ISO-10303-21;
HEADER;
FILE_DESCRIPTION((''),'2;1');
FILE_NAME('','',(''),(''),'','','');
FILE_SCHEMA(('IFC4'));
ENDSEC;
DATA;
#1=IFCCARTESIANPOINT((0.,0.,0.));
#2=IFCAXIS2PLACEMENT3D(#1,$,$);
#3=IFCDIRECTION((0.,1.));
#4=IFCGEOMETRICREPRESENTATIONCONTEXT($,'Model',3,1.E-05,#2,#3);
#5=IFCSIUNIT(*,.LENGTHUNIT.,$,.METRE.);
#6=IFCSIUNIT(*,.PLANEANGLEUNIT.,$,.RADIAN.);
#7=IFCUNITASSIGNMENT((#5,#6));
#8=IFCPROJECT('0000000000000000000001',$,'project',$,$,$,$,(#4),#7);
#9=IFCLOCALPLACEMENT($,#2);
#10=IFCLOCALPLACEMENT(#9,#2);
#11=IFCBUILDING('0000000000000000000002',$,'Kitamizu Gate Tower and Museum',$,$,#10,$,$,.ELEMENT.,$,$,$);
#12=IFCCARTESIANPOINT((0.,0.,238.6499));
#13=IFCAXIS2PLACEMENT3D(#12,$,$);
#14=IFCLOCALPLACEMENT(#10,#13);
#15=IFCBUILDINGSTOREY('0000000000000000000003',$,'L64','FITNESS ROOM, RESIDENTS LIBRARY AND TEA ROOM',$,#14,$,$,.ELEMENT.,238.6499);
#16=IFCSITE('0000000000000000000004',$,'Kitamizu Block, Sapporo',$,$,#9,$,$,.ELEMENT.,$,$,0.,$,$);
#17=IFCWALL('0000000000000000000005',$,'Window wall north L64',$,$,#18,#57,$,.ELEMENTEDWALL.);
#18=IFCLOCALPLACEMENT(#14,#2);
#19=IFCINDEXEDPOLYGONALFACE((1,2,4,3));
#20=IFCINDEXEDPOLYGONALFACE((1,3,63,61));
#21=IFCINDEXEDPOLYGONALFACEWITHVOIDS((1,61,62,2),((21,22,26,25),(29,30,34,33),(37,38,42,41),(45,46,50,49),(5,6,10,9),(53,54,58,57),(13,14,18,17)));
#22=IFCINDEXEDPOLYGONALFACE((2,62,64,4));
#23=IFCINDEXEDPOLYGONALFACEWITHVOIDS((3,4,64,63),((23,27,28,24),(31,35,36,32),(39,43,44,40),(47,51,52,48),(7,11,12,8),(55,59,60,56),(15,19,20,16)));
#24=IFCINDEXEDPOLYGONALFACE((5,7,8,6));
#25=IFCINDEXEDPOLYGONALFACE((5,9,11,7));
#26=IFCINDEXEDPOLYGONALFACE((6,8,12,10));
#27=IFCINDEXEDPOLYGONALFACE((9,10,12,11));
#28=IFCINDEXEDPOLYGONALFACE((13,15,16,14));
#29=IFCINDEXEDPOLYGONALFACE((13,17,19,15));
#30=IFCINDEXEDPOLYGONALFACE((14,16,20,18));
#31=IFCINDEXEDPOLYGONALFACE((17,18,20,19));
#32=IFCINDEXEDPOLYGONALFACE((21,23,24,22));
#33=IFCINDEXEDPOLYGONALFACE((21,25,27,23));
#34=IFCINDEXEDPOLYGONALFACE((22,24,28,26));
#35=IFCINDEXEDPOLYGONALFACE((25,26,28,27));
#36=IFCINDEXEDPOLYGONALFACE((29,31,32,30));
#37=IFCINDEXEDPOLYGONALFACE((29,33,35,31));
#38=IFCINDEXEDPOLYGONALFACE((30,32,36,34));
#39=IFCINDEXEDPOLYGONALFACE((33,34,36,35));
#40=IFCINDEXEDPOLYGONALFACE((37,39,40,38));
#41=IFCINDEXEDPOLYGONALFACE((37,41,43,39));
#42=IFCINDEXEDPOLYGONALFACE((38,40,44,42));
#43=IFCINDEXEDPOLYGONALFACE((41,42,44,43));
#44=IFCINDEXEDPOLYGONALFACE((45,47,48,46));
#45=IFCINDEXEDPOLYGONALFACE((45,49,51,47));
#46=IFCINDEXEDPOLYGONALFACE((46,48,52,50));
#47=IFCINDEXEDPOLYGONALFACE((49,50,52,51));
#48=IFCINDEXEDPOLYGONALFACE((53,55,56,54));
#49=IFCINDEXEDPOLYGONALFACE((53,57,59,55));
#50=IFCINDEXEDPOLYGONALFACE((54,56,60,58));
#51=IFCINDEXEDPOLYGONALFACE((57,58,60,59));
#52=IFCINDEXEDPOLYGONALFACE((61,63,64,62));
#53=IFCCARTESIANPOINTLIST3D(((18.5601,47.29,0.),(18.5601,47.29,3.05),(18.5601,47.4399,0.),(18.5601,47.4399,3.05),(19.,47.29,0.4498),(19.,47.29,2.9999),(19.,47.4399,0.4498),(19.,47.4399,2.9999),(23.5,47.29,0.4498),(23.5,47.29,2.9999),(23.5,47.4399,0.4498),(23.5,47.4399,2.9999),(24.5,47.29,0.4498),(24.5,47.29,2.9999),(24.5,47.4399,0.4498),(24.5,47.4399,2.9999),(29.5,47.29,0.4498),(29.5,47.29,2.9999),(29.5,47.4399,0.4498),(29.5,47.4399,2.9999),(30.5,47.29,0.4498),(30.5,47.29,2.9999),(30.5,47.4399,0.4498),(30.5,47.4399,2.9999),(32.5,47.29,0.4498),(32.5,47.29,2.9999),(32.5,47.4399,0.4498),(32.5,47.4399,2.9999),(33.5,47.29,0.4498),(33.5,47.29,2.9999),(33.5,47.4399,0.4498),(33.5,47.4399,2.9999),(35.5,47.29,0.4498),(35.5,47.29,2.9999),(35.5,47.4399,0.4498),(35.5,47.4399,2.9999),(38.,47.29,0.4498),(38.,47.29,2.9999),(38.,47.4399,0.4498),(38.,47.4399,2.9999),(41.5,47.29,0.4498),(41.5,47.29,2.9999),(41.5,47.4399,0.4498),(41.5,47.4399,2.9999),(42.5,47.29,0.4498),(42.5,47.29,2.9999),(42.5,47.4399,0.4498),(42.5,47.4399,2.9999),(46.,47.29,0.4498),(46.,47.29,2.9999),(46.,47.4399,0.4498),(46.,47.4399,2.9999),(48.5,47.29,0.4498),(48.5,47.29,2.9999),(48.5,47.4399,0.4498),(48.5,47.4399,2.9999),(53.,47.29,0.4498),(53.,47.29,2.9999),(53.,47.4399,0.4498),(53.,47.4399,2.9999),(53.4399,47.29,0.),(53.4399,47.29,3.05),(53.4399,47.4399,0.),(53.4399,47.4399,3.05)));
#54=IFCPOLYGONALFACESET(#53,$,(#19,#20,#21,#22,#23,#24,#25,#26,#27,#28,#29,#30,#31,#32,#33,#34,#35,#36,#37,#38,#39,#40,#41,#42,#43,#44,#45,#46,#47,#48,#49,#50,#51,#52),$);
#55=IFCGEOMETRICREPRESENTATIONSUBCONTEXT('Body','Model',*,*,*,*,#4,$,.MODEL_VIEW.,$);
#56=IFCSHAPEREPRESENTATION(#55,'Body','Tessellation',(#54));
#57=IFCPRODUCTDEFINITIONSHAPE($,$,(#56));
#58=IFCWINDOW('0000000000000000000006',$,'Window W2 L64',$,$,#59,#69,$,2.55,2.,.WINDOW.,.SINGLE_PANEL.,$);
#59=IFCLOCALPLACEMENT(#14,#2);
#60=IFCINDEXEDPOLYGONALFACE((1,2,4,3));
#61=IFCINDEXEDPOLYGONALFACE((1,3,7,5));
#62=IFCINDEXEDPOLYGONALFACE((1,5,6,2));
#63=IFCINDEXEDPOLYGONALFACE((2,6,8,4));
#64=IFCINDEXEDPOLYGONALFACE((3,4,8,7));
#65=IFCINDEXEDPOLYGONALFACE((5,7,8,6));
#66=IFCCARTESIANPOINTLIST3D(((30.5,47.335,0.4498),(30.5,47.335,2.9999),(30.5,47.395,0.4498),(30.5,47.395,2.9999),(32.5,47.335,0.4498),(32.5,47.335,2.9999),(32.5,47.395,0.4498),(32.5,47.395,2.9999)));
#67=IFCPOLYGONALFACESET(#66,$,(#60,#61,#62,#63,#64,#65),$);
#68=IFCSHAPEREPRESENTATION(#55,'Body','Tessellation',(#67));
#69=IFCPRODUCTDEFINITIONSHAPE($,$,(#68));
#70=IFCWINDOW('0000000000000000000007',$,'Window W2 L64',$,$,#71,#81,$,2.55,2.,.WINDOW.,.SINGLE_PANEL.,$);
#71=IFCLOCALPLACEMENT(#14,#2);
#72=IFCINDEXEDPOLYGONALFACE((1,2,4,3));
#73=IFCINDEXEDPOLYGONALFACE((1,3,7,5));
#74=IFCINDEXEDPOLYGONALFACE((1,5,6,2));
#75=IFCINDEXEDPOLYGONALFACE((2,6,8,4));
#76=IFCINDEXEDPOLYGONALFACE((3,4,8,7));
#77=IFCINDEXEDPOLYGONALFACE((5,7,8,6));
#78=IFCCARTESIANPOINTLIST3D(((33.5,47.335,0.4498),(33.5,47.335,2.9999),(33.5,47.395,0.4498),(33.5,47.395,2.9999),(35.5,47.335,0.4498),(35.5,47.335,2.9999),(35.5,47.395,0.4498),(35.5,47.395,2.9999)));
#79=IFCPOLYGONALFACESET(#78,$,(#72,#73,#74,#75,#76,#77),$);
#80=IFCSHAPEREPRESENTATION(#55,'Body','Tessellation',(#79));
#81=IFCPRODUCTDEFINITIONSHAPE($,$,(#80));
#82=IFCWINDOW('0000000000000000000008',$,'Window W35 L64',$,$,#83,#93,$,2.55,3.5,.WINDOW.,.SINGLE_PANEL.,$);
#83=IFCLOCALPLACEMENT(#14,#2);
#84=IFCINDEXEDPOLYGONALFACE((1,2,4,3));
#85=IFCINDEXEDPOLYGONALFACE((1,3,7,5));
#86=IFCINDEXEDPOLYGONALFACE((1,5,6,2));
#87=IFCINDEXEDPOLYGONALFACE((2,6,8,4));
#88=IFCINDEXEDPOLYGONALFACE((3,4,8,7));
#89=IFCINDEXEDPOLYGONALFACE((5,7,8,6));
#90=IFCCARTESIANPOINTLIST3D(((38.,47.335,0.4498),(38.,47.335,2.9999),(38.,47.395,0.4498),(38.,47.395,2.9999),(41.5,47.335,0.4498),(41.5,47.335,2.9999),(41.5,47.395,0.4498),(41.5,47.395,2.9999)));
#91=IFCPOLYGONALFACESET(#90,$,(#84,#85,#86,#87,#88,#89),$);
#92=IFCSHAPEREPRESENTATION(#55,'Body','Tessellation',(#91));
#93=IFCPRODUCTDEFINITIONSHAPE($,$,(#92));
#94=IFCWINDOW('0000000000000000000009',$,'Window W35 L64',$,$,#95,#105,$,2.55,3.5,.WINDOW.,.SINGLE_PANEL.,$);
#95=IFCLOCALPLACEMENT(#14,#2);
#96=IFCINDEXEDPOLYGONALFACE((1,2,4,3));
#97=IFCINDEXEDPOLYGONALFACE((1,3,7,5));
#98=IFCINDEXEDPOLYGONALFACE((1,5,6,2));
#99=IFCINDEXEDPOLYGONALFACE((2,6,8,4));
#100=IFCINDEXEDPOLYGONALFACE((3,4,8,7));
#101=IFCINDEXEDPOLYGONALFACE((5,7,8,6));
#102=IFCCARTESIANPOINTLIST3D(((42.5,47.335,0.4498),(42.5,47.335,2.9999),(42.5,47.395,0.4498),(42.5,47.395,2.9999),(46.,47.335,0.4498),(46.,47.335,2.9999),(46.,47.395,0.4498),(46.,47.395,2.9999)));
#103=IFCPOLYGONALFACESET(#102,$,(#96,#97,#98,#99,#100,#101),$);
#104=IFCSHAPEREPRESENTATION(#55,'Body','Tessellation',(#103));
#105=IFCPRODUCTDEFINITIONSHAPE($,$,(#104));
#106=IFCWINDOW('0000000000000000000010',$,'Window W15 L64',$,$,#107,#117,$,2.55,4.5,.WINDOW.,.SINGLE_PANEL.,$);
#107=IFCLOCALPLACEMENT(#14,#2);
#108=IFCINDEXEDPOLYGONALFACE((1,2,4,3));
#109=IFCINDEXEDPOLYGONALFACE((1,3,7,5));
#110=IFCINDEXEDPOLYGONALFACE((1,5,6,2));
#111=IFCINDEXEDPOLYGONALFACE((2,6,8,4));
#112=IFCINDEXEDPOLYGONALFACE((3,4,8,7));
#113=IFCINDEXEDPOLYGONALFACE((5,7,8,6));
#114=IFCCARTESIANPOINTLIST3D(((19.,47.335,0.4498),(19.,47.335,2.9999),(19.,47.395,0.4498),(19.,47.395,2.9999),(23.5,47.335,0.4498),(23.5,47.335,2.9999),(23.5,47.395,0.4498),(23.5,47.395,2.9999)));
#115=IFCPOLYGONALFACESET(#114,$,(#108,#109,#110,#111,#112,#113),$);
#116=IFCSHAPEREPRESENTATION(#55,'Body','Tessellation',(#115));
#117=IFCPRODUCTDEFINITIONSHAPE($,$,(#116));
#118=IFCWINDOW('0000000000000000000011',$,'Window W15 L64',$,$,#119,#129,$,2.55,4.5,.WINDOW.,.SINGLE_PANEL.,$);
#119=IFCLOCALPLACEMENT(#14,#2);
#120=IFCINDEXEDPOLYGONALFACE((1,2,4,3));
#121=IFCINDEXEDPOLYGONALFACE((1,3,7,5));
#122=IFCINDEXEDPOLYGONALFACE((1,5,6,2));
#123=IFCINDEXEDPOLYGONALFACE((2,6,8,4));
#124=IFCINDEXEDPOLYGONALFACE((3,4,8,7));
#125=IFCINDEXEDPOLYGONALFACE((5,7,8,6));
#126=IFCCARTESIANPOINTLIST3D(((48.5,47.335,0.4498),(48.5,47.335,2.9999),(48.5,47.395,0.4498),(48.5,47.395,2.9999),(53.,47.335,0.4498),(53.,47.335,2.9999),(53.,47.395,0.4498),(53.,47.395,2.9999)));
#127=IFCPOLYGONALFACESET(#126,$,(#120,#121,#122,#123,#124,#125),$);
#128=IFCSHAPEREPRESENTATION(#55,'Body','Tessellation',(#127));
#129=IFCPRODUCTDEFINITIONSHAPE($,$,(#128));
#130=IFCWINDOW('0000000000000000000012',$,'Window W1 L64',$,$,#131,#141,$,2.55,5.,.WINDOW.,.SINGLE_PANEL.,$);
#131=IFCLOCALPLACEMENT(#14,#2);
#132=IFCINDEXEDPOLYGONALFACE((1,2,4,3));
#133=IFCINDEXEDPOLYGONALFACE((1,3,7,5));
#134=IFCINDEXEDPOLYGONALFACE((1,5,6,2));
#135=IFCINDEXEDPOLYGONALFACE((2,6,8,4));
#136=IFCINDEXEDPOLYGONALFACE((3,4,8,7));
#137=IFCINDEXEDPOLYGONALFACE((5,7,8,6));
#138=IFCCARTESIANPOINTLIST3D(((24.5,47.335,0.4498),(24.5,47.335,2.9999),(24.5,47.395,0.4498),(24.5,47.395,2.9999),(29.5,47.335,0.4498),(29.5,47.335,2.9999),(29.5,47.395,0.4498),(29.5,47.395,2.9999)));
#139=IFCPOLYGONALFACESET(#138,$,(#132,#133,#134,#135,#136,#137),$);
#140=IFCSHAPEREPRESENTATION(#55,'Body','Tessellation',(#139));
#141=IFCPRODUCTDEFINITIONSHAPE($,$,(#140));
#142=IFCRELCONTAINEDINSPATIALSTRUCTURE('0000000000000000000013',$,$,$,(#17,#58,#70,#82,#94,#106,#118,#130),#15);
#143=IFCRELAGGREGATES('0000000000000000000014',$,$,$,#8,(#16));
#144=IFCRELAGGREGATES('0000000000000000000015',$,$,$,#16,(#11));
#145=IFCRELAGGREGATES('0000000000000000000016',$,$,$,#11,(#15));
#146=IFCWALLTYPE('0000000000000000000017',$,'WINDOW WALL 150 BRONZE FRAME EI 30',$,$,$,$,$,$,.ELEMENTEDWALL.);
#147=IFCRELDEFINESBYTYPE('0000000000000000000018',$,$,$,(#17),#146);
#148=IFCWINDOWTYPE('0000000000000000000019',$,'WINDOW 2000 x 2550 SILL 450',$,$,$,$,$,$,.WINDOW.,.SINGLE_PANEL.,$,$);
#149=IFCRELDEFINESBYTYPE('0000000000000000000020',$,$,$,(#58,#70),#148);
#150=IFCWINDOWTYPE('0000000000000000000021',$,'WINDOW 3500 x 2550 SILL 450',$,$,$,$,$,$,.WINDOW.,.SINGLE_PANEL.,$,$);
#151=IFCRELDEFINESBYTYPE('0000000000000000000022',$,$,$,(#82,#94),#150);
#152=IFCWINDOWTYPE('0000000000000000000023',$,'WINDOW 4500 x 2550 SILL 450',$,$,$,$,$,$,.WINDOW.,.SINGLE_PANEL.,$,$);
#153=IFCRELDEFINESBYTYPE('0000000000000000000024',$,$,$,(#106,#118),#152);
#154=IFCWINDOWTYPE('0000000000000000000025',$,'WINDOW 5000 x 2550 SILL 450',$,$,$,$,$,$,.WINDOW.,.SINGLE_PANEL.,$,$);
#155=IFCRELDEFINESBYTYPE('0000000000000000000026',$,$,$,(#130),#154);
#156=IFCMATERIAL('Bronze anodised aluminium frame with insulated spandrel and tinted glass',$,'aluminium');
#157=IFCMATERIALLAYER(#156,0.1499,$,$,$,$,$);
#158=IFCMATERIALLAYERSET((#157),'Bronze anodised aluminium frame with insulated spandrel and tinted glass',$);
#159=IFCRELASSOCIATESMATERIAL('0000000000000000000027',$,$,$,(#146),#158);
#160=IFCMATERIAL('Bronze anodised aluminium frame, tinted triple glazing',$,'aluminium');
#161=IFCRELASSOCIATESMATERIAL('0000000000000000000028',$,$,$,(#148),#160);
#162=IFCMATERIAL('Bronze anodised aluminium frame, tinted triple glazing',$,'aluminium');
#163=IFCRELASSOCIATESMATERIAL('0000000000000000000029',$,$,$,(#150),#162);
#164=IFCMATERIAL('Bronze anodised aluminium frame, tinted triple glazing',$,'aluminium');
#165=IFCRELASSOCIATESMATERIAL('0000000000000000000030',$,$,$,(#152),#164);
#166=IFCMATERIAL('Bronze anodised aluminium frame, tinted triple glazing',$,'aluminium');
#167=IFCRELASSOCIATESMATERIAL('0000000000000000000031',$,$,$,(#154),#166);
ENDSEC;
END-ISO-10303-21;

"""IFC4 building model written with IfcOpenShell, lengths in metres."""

from ifc_helpers import new_model, si_unit, direction, frame, frame_2d, origin, place, context, subcontext, project, spatial, rectangle, extrude, material, layer, layer_set, type_object, element, fill, save


model = new_model("IFC4")

# Units and contexts
model_context = context("Model", 3, precision=1e-05, world=origin(), true_north=direction((0.0, 1.0)))
body_context = subcontext(model_context, "Body", "Model", "MODEL_VIEW")
ifc_project = project(units=[si_unit("LENGTHUNIT", "METRE"), si_unit("PLANEANGLEUNIT", "RADIAN")], contexts=[model_context])

# Site, building, storey
site_placement = place(None, origin())
site = spatial("IfcSite", under=ifc_project, at=site_placement, Name="Kitamizu Block, Sapporo", CompositionType="ELEMENT", RefElevation=0.0)
building_placement = place(site_placement, origin())
building = spatial("IfcBuilding", under=site, at=building_placement, Name="Kitamizu Gate Tower and Museum", CompositionType="ELEMENT")
storey_placement = place(building_placement, frame((0.0, 0.0, 238.6499)))
storey = spatial("IfcBuildingStorey", under=building, at=storey_placement, Name="L64", Description="FITNESS ROOM, RESIDENTS LIBRARY AND TEA ROOM", CompositionType="ELEMENT", Elevation=238.6499)

# Wall, openings, windows
ifc_material_1 = material(Name="Bronze anodised aluminium frame with insulated spandrel and tinted glass", Category="aluminium")
ifc_layer_1 = layer(ifc_material_1, 0.1499)
ifc_layer_set_1 = layer_set([ifc_layer_1], Name="Bronze anodised aluminium frame with insulated spandrel and tinted glass")
wall_type_1 = type_object("IfcWallType", Name="WINDOW WALL 150 BRONZE FRAME EI 30", PredefinedType="ELEMENTEDWALL", material=ifc_layer_set_1)
wall_1_placement = place(storey_placement, frame((18.5601, 47.365, 0.0), z_axis=(0.0, 0.0, 1.0), x_axis=(1.0, 0.0, 0.0)))
wall_1 = element("IfcWall", 1, at=wall_1_placement, inside=storey, type_object=wall_type_1, Name="Window wall north L64", PredefinedType="ELEMENTEDWALL", context=body_context, shape_type="SweptSolid", body=[
    extrude(rectangle(XDim=34.8799, YDim=0.1499, at=frame_2d((17.4399, 0.0))), origin(), (0.0, 0.0, 1.0), 3.05),
])
opening_1_placement = place(wall_1_placement, frame((0.4399, 0.0, 0.45)))
opening_1 = element("IfcOpeningElement", 2, at=opening_1_placement, cuts=wall_1, PredefinedType="OPENING", context=body_context, shape_type="SweptSolid", body=[
    extrude(rectangle(XDim=4.5, YDim=2.55, at=frame_2d((2.25, 1.2749))), frame((0.0, 0.085, 0.0), z_axis=(0.0, -1.0, 0.0), x_axis=(1.0, 0.0, 0.0)), (0.0, 0.0, 1.0), 0.1699),
])
opening_2_placement = place(wall_1_placement, frame((5.9399, 0.0, 0.45)))
opening_2 = element("IfcOpeningElement", 3, at=opening_2_placement, cuts=wall_1, PredefinedType="OPENING", context=body_context, shape_type="SweptSolid", body=[
    extrude(rectangle(XDim=5.0, YDim=2.55, at=frame_2d((2.5, 1.2749))), frame((0.0, 0.085, 0.0), z_axis=(0.0, -1.0, 0.0), x_axis=(1.0, 0.0, 0.0)), (0.0, 0.0, 1.0), 0.1699),
])
opening_3_placement = place(wall_1_placement, frame((11.9399, 0.0, 0.45)))
opening_3 = element("IfcOpeningElement", 4, at=opening_3_placement, cuts=wall_1, PredefinedType="OPENING", context=body_context, shape_type="SweptSolid", body=[
    extrude(rectangle(XDim=2.0, YDim=2.55, at=frame_2d((1.0, 1.2749))), frame((0.0, 0.085, 0.0), z_axis=(0.0, -1.0, 0.0), x_axis=(1.0, 0.0, 0.0)), (0.0, 0.0, 1.0), 0.1699),
])
opening_4_placement = place(wall_1_placement, frame((14.9399, 0.0, 0.45)))
opening_4 = element("IfcOpeningElement", 5, at=opening_4_placement, cuts=wall_1, PredefinedType="OPENING", context=body_context, shape_type="SweptSolid", body=[
    extrude(rectangle(XDim=2.0, YDim=2.55, at=frame_2d((1.0, 1.2749))), frame((0.0, 0.085, 0.0), z_axis=(0.0, -1.0, 0.0), x_axis=(1.0, 0.0, 0.0)), (0.0, 0.0, 1.0), 0.1699),
])
opening_5_placement = place(wall_1_placement, frame((19.4399, 0.0, 0.45)))
opening_5 = element("IfcOpeningElement", 6, at=opening_5_placement, cuts=wall_1, PredefinedType="OPENING", context=body_context, shape_type="SweptSolid", body=[
    extrude(rectangle(XDim=3.5, YDim=2.55, at=frame_2d((1.75, 1.2749))), frame((0.0, 0.085, 0.0), z_axis=(0.0, -1.0, 0.0), x_axis=(1.0, 0.0, 0.0)), (0.0, 0.0, 1.0), 0.1699),
])
opening_6_placement = place(wall_1_placement, frame((23.9399, 0.0, 0.45)))
opening_6 = element("IfcOpeningElement", 7, at=opening_6_placement, cuts=wall_1, PredefinedType="OPENING", context=body_context, shape_type="SweptSolid", body=[
    extrude(rectangle(XDim=3.5, YDim=2.55, at=frame_2d((1.75, 1.2749))), frame((0.0, 0.085, 0.0), z_axis=(0.0, -1.0, 0.0), x_axis=(1.0, 0.0, 0.0)), (0.0, 0.0, 1.0), 0.1699),
])
opening_7_placement = place(wall_1_placement, frame((29.9399, 0.0, 0.45)))
opening_7 = element("IfcOpeningElement", 8, at=opening_7_placement, cuts=wall_1, PredefinedType="OPENING", context=body_context, shape_type="SweptSolid", body=[
    extrude(rectangle(XDim=4.5, YDim=2.55, at=frame_2d((2.25, 1.2749))), frame((0.0, 0.085, 0.0), z_axis=(0.0, -1.0, 0.0), x_axis=(1.0, 0.0, 0.0)), (0.0, 0.0, 1.0), 0.1699),
])
ifc_material_2 = material(Name="Bronze anodised aluminium frame, tinted triple glazing", Category="aluminium")
window_type_1 = type_object("IfcWindowType", Name="WINDOW 2000 x 2550 SILL 450", PartitioningType="SINGLE_PANEL", PredefinedType="WINDOW", material=ifc_material_2)
window_1_placement = place(opening_3_placement, origin())
window_1 = element("IfcWindow", 9, at=window_1_placement, inside=storey, type_object=window_type_1, Name="Window W2 L64", OverallHeight=2.55, OverallWidth=2.0, PartitioningType="SINGLE_PANEL", PredefinedType="WINDOW", context=body_context, shape_type="SweptSolid", body=[
    extrude(rectangle(XDim=2.0, YDim=2.55, at=frame_2d((1.0, 1.2749))), frame((0.0, 0.03, 0.0), z_axis=(0.0, -1.0, 0.0), x_axis=(1.0, 0.0, 0.0)), (0.0, 0.0, 1.0), 0.0601),
])
fill(opening_3, window_1)
window_2_placement = place(opening_4_placement, origin())
window_2 = element("IfcWindow", 10, at=window_2_placement, inside=storey, type_object=window_type_1, Name="Window W2 L64", OverallHeight=2.55, OverallWidth=2.0, PartitioningType="SINGLE_PANEL", PredefinedType="WINDOW", context=body_context, shape_type="SweptSolid", body=[
    extrude(rectangle(XDim=2.0, YDim=2.55, at=frame_2d((1.0, 1.2749))), frame((0.0, 0.03, 0.0), z_axis=(0.0, -1.0, 0.0), x_axis=(1.0, 0.0, 0.0)), (0.0, 0.0, 1.0), 0.0601),
])
fill(opening_4, window_2)
ifc_material_3 = material(Name="Bronze anodised aluminium frame, tinted triple glazing", Category="aluminium")
window_type_2 = type_object("IfcWindowType", Name="WINDOW 3500 x 2550 SILL 450", PartitioningType="SINGLE_PANEL", PredefinedType="WINDOW", material=ifc_material_3)
window_3_placement = place(opening_5_placement, origin())
window_3 = element("IfcWindow", 11, at=window_3_placement, inside=storey, type_object=window_type_2, Name="Window W35 L64", OverallHeight=2.55, OverallWidth=3.5, PartitioningType="SINGLE_PANEL", PredefinedType="WINDOW", context=body_context, shape_type="SweptSolid", body=[
    extrude(rectangle(XDim=3.5, YDim=2.55, at=frame_2d((1.75, 1.2749))), frame((0.0, 0.03, 0.0), z_axis=(0.0, -1.0, 0.0), x_axis=(1.0, 0.0, 0.0)), (0.0, 0.0, 1.0), 0.0601),
])
fill(opening_5, window_3)
window_4_placement = place(opening_6_placement, origin())
window_4 = element("IfcWindow", 12, at=window_4_placement, inside=storey, type_object=window_type_2, Name="Window W35 L64", OverallHeight=2.55, OverallWidth=3.5, PartitioningType="SINGLE_PANEL", PredefinedType="WINDOW", context=body_context, shape_type="SweptSolid", body=[
    extrude(rectangle(XDim=3.5, YDim=2.55, at=frame_2d((1.75, 1.2749))), frame((0.0, 0.03, 0.0), z_axis=(0.0, -1.0, 0.0), x_axis=(1.0, 0.0, 0.0)), (0.0, 0.0, 1.0), 0.0601),
])
fill(opening_6, window_4)
ifc_material_4 = material(Name="Bronze anodised aluminium frame, tinted triple glazing", Category="aluminium")
window_type_3 = type_object("IfcWindowType", Name="WINDOW 4500 x 2550 SILL 450", PartitioningType="SINGLE_PANEL", PredefinedType="WINDOW", material=ifc_material_4)
window_5_placement = place(opening_1_placement, origin())
window_5 = element("IfcWindow", 13, at=window_5_placement, inside=storey, type_object=window_type_3, Name="Window W15 L64", OverallHeight=2.55, OverallWidth=4.5, PartitioningType="SINGLE_PANEL", PredefinedType="WINDOW", context=body_context, shape_type="SweptSolid", body=[
    extrude(rectangle(XDim=4.5, YDim=2.55, at=frame_2d((2.25, 1.2749))), frame((0.0, 0.03, 0.0), z_axis=(0.0, -1.0, 0.0), x_axis=(1.0, 0.0, 0.0)), (0.0, 0.0, 1.0), 0.0601),
])
fill(opening_1, window_5)
window_6_placement = place(opening_7_placement, origin())
window_6 = element("IfcWindow", 14, at=window_6_placement, inside=storey, type_object=window_type_3, Name="Window W15 L64", OverallHeight=2.55, OverallWidth=4.5, PartitioningType="SINGLE_PANEL", PredefinedType="WINDOW", context=body_context, shape_type="SweptSolid", body=[
    extrude(rectangle(XDim=4.5, YDim=2.55, at=frame_2d((2.25, 1.2749))), frame((0.0, 0.03, 0.0), z_axis=(0.0, -1.0, 0.0), x_axis=(1.0, 0.0, 0.0)), (0.0, 0.0, 1.0), 0.0601),
])
fill(opening_7, window_6)
ifc_material_5 = material(Name="Bronze anodised aluminium frame, tinted triple glazing", Category="aluminium")
window_type_4 = type_object("IfcWindowType", Name="WINDOW 5000 x 2550 SILL 450", PartitioningType="SINGLE_PANEL", PredefinedType="WINDOW", material=ifc_material_5)
window_7_placement = place(opening_2_placement, origin())
window_7 = element("IfcWindow", 15, at=window_7_placement, inside=storey, type_object=window_type_4, Name="Window W1 L64", OverallHeight=2.55, OverallWidth=5.0, PartitioningType="SINGLE_PANEL", PredefinedType="WINDOW", context=body_context, shape_type="SweptSolid", body=[
    extrude(rectangle(XDim=5.0, YDim=2.55, at=frame_2d((2.5, 1.2749))), frame((0.0, 0.03, 0.0), z_axis=(0.0, -1.0, 0.0), x_axis=(1.0, 0.0, 0.0)), (0.0, 0.0, 1.0), 0.0601),
])
fill(opening_2, window_7)

save(model, "model.ifc")
